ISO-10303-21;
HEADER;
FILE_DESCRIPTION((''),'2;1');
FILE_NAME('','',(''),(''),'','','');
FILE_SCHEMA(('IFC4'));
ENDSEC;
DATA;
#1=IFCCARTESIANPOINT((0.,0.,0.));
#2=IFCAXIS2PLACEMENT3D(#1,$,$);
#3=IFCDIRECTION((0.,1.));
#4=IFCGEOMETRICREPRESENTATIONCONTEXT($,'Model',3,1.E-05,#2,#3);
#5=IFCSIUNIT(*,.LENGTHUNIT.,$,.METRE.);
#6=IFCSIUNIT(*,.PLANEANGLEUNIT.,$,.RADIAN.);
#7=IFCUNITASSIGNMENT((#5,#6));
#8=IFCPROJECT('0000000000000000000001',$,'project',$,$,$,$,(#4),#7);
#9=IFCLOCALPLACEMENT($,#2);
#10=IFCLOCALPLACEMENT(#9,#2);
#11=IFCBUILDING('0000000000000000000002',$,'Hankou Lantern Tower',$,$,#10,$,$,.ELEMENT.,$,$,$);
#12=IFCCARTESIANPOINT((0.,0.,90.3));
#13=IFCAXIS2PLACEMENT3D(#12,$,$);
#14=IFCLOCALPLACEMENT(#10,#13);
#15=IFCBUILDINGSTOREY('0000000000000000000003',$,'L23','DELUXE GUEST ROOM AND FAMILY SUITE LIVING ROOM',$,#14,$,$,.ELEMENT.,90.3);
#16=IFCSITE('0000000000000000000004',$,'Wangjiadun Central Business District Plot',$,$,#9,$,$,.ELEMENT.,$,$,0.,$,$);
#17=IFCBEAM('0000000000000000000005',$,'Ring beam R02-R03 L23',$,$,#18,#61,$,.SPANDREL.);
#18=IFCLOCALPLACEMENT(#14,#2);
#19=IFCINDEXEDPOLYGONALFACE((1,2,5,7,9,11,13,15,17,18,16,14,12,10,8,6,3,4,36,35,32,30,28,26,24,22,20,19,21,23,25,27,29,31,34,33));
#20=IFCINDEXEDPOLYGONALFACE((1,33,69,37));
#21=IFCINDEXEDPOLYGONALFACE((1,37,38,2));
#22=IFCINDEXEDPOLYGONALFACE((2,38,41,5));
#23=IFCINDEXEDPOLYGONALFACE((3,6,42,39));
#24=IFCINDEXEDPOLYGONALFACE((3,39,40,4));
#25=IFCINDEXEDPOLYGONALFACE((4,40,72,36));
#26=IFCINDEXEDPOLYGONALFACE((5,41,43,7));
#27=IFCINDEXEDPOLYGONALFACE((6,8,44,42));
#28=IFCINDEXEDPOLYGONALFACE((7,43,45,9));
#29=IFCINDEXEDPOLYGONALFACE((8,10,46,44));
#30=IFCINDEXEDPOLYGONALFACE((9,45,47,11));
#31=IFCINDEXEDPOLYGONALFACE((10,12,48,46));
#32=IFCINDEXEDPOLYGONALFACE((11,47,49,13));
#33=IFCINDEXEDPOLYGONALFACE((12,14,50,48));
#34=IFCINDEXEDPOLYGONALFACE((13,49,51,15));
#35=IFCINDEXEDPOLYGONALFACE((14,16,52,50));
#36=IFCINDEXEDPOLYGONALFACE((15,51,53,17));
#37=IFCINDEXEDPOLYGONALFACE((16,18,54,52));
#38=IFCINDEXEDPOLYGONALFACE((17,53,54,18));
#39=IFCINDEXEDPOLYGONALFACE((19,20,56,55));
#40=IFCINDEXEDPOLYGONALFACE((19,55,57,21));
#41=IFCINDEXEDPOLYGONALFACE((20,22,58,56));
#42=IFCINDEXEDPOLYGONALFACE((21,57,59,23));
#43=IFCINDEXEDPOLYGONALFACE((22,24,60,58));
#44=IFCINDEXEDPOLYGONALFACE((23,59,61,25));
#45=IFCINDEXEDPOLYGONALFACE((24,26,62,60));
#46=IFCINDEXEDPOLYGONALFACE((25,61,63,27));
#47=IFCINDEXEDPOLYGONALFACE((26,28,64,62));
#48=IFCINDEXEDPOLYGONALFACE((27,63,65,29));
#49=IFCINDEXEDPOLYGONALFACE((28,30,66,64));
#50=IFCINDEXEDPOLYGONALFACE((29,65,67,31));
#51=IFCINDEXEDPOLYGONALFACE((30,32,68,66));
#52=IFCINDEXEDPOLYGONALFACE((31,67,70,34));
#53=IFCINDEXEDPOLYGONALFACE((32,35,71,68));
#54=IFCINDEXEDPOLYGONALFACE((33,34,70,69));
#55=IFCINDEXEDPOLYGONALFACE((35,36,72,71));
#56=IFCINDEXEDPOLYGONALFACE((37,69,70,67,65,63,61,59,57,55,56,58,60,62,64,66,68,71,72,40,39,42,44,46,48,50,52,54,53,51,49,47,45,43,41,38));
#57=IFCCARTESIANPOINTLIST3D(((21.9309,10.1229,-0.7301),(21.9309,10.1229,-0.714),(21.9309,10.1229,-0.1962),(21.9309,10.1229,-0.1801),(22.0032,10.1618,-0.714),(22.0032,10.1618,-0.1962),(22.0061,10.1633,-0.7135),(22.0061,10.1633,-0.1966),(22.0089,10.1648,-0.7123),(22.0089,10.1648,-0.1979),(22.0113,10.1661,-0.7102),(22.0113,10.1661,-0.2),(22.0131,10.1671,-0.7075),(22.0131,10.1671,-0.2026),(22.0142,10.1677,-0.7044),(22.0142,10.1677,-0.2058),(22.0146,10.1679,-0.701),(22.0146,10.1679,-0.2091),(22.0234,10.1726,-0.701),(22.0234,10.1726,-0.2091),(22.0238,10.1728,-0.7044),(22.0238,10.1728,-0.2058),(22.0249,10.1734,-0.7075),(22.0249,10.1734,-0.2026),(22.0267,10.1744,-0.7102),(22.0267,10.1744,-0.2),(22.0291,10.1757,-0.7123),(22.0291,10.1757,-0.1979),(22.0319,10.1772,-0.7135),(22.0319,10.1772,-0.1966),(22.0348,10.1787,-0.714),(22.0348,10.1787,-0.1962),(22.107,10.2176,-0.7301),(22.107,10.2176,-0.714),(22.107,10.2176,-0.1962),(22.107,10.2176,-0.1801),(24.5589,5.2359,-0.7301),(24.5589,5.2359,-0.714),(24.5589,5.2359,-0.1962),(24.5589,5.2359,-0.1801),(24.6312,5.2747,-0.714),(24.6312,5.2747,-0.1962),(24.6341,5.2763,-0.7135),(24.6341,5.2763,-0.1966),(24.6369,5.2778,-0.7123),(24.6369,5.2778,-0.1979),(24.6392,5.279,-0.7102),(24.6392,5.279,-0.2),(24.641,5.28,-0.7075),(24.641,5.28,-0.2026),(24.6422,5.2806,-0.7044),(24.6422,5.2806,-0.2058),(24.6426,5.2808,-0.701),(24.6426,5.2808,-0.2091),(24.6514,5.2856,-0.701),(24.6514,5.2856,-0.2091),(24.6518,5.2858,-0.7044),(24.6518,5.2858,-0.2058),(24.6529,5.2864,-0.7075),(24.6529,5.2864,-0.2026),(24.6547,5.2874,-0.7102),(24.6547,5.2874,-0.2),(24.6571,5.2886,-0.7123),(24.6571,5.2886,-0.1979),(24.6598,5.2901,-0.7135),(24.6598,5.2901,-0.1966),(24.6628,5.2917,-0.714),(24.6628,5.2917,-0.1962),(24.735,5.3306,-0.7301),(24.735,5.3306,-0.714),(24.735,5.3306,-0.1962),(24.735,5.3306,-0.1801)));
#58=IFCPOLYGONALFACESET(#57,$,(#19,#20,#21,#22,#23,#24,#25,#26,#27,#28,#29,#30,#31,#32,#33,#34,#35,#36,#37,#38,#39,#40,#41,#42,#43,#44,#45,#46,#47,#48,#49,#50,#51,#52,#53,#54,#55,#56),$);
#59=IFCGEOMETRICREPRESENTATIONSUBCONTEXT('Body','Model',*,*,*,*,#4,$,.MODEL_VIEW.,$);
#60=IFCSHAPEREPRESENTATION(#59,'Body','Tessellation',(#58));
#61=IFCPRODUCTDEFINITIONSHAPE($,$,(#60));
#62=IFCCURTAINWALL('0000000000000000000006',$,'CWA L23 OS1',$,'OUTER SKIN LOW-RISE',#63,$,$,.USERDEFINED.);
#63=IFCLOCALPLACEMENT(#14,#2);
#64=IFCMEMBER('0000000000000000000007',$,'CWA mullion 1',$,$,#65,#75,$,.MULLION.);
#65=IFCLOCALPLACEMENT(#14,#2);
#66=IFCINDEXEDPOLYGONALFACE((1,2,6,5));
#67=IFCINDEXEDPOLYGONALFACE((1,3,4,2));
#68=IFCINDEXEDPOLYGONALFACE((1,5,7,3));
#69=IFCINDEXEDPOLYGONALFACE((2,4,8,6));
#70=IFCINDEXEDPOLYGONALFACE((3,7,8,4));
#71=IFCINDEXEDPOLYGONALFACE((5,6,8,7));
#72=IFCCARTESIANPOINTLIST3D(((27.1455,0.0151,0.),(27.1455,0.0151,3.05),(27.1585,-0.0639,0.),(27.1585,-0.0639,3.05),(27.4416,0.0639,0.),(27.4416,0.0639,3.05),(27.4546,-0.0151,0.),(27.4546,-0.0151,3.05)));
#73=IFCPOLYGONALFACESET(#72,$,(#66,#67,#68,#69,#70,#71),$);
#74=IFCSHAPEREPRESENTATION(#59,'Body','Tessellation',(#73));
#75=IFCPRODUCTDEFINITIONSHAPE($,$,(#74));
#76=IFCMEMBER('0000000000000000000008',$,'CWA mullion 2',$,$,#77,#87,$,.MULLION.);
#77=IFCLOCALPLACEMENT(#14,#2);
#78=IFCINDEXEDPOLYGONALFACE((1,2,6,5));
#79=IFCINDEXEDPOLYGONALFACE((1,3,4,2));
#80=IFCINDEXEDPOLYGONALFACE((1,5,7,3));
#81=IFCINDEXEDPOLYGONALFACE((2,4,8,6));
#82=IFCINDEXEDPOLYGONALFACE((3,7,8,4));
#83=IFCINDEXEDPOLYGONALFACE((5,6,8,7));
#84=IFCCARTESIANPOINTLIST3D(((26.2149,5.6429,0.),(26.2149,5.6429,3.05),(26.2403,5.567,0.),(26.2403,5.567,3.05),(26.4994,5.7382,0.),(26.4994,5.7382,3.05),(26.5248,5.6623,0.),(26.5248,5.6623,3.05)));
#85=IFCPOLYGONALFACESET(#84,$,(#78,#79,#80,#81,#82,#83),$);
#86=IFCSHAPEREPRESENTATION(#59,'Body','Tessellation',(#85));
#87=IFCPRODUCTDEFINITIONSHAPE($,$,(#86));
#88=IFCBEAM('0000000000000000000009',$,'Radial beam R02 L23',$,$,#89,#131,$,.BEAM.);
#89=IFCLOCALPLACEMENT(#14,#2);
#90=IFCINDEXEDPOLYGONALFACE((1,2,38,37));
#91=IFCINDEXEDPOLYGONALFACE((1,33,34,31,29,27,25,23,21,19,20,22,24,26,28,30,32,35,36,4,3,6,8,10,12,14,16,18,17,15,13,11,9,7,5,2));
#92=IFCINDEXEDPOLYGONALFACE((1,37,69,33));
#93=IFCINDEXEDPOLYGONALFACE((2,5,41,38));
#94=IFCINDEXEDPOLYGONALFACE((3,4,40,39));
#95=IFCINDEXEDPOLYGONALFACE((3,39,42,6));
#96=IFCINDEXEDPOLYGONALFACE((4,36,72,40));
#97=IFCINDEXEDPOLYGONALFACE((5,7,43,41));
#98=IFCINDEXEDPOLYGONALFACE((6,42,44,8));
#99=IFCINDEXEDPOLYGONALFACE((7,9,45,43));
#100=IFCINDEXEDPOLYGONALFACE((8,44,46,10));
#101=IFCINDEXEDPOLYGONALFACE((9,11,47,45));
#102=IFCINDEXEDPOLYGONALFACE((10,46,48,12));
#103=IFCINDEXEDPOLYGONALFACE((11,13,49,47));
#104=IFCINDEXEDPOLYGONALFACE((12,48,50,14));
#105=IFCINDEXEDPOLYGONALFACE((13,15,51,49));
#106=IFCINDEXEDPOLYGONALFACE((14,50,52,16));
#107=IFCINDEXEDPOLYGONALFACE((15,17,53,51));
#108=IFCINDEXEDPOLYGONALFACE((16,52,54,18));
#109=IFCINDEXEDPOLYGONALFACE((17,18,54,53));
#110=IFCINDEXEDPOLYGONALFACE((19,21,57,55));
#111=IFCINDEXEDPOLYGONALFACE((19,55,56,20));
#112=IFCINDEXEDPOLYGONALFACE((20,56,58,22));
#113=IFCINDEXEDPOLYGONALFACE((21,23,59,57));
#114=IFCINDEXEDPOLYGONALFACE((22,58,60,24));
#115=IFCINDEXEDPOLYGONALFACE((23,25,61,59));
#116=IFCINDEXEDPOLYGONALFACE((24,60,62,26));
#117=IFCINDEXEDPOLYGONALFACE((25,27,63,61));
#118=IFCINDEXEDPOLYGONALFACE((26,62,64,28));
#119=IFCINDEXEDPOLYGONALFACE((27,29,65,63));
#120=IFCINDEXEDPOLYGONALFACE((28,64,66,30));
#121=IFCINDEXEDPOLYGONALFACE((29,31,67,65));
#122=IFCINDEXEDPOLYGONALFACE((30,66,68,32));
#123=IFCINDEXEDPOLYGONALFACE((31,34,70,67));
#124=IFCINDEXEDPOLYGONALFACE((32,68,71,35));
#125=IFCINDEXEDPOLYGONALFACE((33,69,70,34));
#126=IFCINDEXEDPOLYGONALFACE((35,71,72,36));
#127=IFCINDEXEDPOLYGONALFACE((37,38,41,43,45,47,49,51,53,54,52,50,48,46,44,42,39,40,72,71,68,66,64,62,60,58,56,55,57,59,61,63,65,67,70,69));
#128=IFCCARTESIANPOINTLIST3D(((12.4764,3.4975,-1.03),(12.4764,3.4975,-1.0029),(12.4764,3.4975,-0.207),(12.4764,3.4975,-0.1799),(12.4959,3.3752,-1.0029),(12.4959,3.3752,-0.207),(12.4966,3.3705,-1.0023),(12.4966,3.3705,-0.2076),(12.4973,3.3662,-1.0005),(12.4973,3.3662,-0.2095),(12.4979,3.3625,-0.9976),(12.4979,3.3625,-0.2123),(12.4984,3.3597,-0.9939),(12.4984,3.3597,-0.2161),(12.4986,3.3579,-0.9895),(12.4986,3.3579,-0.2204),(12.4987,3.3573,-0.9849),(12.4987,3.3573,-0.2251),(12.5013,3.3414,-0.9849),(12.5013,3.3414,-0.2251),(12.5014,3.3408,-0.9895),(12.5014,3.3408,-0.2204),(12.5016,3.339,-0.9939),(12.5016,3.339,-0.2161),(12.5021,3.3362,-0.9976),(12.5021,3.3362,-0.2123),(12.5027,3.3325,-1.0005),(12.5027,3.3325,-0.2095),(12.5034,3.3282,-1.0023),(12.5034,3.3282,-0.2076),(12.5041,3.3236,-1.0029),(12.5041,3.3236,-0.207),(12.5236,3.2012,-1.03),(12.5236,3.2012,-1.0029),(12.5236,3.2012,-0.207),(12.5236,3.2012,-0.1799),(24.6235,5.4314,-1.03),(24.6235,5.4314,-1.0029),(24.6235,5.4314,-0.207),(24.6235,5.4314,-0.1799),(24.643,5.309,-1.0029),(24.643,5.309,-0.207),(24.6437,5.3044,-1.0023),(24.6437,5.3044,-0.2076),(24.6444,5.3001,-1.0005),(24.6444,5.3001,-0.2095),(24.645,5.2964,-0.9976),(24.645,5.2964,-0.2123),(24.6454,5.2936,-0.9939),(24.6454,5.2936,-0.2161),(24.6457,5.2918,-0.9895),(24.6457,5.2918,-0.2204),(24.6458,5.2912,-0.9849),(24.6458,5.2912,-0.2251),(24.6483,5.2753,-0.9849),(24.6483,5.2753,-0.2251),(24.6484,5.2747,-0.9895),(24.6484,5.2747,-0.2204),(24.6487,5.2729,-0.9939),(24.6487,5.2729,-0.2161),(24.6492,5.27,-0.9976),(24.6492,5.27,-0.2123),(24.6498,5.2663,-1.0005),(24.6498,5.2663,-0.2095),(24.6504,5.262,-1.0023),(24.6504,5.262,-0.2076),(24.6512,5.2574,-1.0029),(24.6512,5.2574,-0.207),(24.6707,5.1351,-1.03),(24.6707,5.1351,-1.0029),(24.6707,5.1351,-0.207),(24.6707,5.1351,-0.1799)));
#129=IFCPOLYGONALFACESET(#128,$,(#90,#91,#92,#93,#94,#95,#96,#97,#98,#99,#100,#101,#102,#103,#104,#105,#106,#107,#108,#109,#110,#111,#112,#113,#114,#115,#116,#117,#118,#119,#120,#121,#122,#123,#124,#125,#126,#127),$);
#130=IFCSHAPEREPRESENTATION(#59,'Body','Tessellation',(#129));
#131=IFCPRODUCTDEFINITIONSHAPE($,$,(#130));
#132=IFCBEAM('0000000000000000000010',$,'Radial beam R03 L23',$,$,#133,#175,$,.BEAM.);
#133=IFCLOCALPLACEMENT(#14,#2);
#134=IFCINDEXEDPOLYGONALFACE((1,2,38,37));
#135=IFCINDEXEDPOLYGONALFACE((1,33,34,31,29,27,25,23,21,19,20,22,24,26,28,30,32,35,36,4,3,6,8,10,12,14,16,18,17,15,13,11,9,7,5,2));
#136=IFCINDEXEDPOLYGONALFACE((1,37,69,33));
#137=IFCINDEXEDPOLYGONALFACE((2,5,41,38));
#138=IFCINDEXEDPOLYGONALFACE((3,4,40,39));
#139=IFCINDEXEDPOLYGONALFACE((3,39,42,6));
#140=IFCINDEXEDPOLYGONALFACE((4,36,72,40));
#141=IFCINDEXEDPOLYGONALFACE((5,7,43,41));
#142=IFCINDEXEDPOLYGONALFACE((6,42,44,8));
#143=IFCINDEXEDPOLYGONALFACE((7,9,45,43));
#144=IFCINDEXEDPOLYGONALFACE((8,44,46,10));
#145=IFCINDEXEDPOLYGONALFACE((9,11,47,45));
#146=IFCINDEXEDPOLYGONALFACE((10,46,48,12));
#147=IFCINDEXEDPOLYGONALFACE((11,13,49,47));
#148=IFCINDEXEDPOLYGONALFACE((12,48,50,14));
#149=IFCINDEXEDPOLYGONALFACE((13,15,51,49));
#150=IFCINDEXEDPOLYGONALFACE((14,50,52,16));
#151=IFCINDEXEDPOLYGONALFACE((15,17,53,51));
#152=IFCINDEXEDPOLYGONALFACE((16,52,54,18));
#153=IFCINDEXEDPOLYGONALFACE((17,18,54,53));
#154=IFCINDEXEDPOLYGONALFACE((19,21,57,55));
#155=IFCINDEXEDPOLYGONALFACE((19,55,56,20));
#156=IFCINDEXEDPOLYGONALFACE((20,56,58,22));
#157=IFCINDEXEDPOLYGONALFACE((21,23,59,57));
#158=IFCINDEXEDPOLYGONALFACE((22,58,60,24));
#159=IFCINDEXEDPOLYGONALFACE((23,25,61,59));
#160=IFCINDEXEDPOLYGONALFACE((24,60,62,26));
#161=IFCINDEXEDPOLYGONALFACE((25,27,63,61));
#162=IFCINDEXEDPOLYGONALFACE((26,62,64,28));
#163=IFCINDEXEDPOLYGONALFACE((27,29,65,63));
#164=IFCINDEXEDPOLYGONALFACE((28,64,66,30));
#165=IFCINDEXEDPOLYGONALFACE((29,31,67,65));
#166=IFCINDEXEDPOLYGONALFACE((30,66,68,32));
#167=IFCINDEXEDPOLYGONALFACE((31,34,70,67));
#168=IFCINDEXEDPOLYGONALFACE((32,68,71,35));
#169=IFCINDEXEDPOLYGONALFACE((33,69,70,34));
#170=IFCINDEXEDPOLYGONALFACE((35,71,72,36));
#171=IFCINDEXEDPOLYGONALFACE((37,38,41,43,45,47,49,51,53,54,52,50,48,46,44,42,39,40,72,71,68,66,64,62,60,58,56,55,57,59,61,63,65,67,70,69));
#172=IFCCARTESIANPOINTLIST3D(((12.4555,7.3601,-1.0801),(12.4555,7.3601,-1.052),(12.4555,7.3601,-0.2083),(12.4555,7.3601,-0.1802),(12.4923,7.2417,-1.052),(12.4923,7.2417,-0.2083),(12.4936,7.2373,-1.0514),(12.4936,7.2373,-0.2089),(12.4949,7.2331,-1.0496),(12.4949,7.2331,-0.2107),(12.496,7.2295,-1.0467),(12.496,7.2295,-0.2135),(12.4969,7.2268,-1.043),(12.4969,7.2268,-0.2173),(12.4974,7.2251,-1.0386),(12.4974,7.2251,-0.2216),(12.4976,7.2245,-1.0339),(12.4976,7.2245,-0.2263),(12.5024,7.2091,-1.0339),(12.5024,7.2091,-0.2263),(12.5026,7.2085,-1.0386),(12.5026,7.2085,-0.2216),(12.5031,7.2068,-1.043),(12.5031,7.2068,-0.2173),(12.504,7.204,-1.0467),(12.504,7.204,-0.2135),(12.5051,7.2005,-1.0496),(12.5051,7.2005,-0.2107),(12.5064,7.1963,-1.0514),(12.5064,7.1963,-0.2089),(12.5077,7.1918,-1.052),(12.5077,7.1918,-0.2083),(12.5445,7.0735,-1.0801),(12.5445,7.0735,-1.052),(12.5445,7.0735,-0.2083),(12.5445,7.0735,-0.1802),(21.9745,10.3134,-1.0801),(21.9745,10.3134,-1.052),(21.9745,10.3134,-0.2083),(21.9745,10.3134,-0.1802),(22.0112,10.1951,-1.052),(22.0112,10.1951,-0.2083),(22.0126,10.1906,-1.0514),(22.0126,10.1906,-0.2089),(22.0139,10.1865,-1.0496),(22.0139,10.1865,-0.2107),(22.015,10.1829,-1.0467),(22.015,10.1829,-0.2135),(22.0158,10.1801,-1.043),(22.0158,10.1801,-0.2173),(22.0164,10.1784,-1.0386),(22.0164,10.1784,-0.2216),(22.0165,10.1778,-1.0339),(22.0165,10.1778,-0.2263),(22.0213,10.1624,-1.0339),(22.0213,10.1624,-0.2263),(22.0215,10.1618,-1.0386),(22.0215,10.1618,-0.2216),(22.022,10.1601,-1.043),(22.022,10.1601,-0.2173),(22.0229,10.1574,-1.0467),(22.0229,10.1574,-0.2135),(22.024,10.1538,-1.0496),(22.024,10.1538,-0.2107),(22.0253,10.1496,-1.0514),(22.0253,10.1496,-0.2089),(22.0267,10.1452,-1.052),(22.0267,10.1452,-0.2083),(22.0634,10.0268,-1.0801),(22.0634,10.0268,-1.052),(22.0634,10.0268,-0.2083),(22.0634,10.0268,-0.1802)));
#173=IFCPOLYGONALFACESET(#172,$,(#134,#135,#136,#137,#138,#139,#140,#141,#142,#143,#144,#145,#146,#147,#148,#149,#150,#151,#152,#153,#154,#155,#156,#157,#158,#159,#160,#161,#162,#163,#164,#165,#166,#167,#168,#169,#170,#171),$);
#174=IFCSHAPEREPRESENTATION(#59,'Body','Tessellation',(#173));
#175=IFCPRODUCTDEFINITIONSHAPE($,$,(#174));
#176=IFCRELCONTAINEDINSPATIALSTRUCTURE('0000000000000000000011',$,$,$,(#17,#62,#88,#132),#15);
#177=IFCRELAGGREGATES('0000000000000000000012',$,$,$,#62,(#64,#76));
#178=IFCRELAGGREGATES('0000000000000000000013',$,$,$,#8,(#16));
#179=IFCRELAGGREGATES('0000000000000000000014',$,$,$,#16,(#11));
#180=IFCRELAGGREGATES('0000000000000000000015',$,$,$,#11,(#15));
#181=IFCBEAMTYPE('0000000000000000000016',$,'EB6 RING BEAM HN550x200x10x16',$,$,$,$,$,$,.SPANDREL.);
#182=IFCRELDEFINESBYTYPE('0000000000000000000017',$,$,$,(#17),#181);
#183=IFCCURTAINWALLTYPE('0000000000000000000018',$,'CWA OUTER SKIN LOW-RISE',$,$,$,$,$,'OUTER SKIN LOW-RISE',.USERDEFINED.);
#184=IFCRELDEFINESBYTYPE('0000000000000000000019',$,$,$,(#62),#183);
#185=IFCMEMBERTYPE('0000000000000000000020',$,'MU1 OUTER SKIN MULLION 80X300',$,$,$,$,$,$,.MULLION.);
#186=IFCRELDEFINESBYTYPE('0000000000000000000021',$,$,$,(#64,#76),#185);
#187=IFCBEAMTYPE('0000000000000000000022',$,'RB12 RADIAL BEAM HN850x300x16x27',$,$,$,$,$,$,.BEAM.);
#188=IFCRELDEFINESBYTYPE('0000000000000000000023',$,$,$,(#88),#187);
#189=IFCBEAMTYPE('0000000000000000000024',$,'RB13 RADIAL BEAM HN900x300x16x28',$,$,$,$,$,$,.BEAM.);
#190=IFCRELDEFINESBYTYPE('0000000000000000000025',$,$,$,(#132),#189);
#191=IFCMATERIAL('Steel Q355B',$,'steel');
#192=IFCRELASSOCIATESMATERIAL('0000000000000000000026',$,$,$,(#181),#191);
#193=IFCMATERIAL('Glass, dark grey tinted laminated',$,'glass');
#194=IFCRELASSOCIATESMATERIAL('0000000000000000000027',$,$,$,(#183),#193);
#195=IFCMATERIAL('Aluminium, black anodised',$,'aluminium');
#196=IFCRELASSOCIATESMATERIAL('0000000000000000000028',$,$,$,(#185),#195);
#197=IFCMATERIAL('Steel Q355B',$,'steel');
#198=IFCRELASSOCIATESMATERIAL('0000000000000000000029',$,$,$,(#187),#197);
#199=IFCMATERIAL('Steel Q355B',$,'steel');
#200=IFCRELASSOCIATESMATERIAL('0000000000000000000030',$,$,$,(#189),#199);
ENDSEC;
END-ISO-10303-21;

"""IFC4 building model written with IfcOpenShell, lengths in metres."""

from ifc_helpers import new_model, si_unit, direction, frame, origin, origin_2d, place, context, subcontext, project, spatial, rectangle, i_section, extrude, material, material_profile, profile_set, type_object, element, aggregate, save


model = new_model("IFC4")

# Units and contexts
model_context = context("Model", 3, precision=1e-05, world=origin(), true_north=direction((0.0, 1.0)))
body_context = subcontext(model_context, "Body", "Model", "MODEL_VIEW")
ifc_project = project(units=[si_unit("LENGTHUNIT", "METRE"), si_unit("PLANEANGLEUNIT", "RADIAN")], contexts=[model_context])

# Site, building, storey
site_placement = place(None, origin())
site = spatial("IfcSite", under=ifc_project, at=site_placement, Name="Wangjiadun Central Business District Plot", CompositionType="ELEMENT", RefElevation=0.0)
building_placement = place(site_placement, origin())
building = spatial("IfcBuilding", under=site, at=building_placement, Name="Hankou Lantern Tower", CompositionType="ELEMENT")
storey_placement = place(building_placement, frame((0.0, 0.0, 90.3)))
storey = spatial("IfcBuildingStorey", under=building, at=storey_placement, Name="L23", Description="DELUXE GUEST ROOM AND FAMILY SUITE LIVING ROOM", CompositionType="ELEMENT", Elevation=90.3)

# Beam
ifc_material_1 = material(Name="Steel Q355B", Category="steel")
ifc_material_profile_1 = material_profile(ifc_material_1, i_section(OverallWidth=0.2, OverallDepth=0.55, WebThickness=0.01, FlangeThickness=0.0161, FilletRadius=0.0129, at=origin_2d()), Name="HN550x200x10x16")
ifc_profile_set_1 = profile_set([ifc_material_profile_1], Name="Steel Q355B")
beam_type_1 = type_object("IfcBeamType", Name="EB6 RING BEAM HN550x200x10x16", PredefinedType="SPANDREL", material=ifc_profile_set_1)
beam_1_placement = place(storey_placement, frame((24.647, 5.2832, -0.4551), z_axis=(-0.473609, 0.880735, 0.0), x_axis=(-0.880735, -0.473609, 0.0)))
element("IfcBeam", 1, at=beam_1_placement, inside=storey, type_object=beam_type_1, Name="Ring beam R02-R03 L23", PredefinedType="SPANDREL", context=body_context, shape_type="SweptSolid", body=[
    extrude(i_section(OverallWidth=0.2, OverallDepth=0.55, WebThickness=0.01, FlangeThickness=0.0161, FilletRadius=0.0129, at=origin_2d()), origin(), (0.0, 0.0, 1.0), 5.5488),
])

# Curtain wall, members
ifc_material_2 = material(Name="Glass, dark grey tinted laminated", Category="glass")
curtain_wall_type = type_object("IfcCurtainWallType", Name="CWA OUTER SKIN LOW-RISE", ElementType="OUTER SKIN LOW-RISE", PredefinedType="USERDEFINED", material=ifc_material_2)
curtain_wall_placement = place(storey_placement, origin())
curtain_wall = element("IfcCurtainWall", 2, at=curtain_wall_placement, inside=storey, type_object=curtain_wall_type, Name="CWA L23 OS1", ObjectType="OUTER SKIN LOW-RISE", PredefinedType="USERDEFINED")
ifc_material_3 = material(Name="Aluminium, black anodised", Category="aluminium")
ifc_material_profile_2 = material_profile(ifc_material_3, rectangle(XDim=0.0801, YDim=0.3, at=origin_2d()), Name="MU1 80X300")
ifc_profile_set_2 = profile_set([ifc_material_profile_2], Name="Aluminium, black anodised")
member_type_1 = type_object("IfcMemberType", Name="MU1 OUTER SKIN MULLION 80X300", PredefinedType="MULLION", material=ifc_profile_set_2)
member_1_placement = place(storey_placement, frame((27.3, 0.0, 0.0), z_axis=(0.0, 0.0, 1.0), x_axis=(-0.162382, 0.986728, 0.0)))
member_1 = element("IfcMember", 3, at=member_1_placement, type_object=member_type_1, Name="CWA mullion 1", PredefinedType="MULLION", context=body_context, shape_type="SweptSolid", body=[
    extrude(rectangle(XDim=0.0801, YDim=0.3, at=origin_2d()), origin(), (0.0, 0.0, 1.0), 3.05),
])
member_2_placement = place(storey_placement, frame((26.3699, 5.6526, 0.0), z_axis=(0.0, 0.0, 1.0), x_axis=(-0.317596, 0.948226, 0.0)))
member_2 = element("IfcMember", 4, at=member_2_placement, type_object=member_type_1, Name="CWA mullion 2", PredefinedType="MULLION", context=body_context, shape_type="SweptSolid", body=[
    extrude(rectangle(XDim=0.0801, YDim=0.3, at=origin_2d()), origin(), (0.0, 0.0, 1.0), 3.05),
])

# Beams
ifc_material_4 = material(Name="Steel Q355B", Category="steel")
ifc_material_profile_3 = material_profile(ifc_material_4, i_section(OverallWidth=0.3, OverallDepth=0.8501, WebThickness=0.0161, FlangeThickness=0.0271, FilletRadius=0.0181, at=origin_2d()), Name="HN850x300x16x27")
ifc_profile_set_3 = profile_set([ifc_material_profile_3], Name="Steel Q355B")
beam_type_2 = type_object("IfcBeamType", Name="RB12 RADIAL BEAM HN850x300x16x27", PredefinedType="BEAM", material=ifc_profile_set_3)
beam_2_placement = place(storey_placement, frame((12.5, 3.3494, -0.605), z_axis=(0.987563, 0.157223, 0.0), x_axis=(-0.157223, 0.987563, 0.0)))
element("IfcBeam", 5, at=beam_2_placement, inside=storey, type_object=beam_type_2, Name="Radial beam R02 L23", PredefinedType="BEAM", context=body_context, shape_type="SweptSolid", body=[
    extrude(i_section(OverallWidth=0.3, OverallDepth=0.8501, WebThickness=0.0161, FlangeThickness=0.0271, FilletRadius=0.0181, at=origin_2d()), origin(), (0.0, 0.0, 1.0), 12.3),
])
ifc_material_5 = material(Name="Steel Q355B", Category="steel")
ifc_material_profile_4 = material_profile(ifc_material_5, i_section(OverallWidth=0.3, OverallDepth=0.8999, WebThickness=0.0161, FlangeThickness=0.0281, FilletRadius=0.0181, at=origin_2d()), Name="HN900x300x16x28")
ifc_profile_set_4 = profile_set([ifc_material_profile_4], Name="Steel Q355B")
beam_type_3 = type_object("IfcBeamType", Name="RB13 RADIAL BEAM HN900x300x16x28", PredefinedType="BEAM", material=ifc_profile_set_4)
beam_3_placement = place(storey_placement, frame((12.5, 7.2168, -0.6301), z_axis=(0.955087, 0.296324, 0.0), x_axis=(-0.296324, 0.955087, 0.0)))
element("IfcBeam", 6, at=beam_3_placement, inside=storey, type_object=beam_type_3, Name="Radial beam R03 L23", PredefinedType="BEAM", context=body_context, shape_type="SweptSolid", body=[
    extrude(i_section(OverallWidth=0.3, OverallDepth=0.8999, WebThickness=0.0161, FlangeThickness=0.0281, FilletRadius=0.0181, at=origin_2d()), origin(), (0.0, 0.0, 1.0), 9.9666),
])

aggregate(curtain_wall, [member_1, member_2])

save(model, "model.ifc")
